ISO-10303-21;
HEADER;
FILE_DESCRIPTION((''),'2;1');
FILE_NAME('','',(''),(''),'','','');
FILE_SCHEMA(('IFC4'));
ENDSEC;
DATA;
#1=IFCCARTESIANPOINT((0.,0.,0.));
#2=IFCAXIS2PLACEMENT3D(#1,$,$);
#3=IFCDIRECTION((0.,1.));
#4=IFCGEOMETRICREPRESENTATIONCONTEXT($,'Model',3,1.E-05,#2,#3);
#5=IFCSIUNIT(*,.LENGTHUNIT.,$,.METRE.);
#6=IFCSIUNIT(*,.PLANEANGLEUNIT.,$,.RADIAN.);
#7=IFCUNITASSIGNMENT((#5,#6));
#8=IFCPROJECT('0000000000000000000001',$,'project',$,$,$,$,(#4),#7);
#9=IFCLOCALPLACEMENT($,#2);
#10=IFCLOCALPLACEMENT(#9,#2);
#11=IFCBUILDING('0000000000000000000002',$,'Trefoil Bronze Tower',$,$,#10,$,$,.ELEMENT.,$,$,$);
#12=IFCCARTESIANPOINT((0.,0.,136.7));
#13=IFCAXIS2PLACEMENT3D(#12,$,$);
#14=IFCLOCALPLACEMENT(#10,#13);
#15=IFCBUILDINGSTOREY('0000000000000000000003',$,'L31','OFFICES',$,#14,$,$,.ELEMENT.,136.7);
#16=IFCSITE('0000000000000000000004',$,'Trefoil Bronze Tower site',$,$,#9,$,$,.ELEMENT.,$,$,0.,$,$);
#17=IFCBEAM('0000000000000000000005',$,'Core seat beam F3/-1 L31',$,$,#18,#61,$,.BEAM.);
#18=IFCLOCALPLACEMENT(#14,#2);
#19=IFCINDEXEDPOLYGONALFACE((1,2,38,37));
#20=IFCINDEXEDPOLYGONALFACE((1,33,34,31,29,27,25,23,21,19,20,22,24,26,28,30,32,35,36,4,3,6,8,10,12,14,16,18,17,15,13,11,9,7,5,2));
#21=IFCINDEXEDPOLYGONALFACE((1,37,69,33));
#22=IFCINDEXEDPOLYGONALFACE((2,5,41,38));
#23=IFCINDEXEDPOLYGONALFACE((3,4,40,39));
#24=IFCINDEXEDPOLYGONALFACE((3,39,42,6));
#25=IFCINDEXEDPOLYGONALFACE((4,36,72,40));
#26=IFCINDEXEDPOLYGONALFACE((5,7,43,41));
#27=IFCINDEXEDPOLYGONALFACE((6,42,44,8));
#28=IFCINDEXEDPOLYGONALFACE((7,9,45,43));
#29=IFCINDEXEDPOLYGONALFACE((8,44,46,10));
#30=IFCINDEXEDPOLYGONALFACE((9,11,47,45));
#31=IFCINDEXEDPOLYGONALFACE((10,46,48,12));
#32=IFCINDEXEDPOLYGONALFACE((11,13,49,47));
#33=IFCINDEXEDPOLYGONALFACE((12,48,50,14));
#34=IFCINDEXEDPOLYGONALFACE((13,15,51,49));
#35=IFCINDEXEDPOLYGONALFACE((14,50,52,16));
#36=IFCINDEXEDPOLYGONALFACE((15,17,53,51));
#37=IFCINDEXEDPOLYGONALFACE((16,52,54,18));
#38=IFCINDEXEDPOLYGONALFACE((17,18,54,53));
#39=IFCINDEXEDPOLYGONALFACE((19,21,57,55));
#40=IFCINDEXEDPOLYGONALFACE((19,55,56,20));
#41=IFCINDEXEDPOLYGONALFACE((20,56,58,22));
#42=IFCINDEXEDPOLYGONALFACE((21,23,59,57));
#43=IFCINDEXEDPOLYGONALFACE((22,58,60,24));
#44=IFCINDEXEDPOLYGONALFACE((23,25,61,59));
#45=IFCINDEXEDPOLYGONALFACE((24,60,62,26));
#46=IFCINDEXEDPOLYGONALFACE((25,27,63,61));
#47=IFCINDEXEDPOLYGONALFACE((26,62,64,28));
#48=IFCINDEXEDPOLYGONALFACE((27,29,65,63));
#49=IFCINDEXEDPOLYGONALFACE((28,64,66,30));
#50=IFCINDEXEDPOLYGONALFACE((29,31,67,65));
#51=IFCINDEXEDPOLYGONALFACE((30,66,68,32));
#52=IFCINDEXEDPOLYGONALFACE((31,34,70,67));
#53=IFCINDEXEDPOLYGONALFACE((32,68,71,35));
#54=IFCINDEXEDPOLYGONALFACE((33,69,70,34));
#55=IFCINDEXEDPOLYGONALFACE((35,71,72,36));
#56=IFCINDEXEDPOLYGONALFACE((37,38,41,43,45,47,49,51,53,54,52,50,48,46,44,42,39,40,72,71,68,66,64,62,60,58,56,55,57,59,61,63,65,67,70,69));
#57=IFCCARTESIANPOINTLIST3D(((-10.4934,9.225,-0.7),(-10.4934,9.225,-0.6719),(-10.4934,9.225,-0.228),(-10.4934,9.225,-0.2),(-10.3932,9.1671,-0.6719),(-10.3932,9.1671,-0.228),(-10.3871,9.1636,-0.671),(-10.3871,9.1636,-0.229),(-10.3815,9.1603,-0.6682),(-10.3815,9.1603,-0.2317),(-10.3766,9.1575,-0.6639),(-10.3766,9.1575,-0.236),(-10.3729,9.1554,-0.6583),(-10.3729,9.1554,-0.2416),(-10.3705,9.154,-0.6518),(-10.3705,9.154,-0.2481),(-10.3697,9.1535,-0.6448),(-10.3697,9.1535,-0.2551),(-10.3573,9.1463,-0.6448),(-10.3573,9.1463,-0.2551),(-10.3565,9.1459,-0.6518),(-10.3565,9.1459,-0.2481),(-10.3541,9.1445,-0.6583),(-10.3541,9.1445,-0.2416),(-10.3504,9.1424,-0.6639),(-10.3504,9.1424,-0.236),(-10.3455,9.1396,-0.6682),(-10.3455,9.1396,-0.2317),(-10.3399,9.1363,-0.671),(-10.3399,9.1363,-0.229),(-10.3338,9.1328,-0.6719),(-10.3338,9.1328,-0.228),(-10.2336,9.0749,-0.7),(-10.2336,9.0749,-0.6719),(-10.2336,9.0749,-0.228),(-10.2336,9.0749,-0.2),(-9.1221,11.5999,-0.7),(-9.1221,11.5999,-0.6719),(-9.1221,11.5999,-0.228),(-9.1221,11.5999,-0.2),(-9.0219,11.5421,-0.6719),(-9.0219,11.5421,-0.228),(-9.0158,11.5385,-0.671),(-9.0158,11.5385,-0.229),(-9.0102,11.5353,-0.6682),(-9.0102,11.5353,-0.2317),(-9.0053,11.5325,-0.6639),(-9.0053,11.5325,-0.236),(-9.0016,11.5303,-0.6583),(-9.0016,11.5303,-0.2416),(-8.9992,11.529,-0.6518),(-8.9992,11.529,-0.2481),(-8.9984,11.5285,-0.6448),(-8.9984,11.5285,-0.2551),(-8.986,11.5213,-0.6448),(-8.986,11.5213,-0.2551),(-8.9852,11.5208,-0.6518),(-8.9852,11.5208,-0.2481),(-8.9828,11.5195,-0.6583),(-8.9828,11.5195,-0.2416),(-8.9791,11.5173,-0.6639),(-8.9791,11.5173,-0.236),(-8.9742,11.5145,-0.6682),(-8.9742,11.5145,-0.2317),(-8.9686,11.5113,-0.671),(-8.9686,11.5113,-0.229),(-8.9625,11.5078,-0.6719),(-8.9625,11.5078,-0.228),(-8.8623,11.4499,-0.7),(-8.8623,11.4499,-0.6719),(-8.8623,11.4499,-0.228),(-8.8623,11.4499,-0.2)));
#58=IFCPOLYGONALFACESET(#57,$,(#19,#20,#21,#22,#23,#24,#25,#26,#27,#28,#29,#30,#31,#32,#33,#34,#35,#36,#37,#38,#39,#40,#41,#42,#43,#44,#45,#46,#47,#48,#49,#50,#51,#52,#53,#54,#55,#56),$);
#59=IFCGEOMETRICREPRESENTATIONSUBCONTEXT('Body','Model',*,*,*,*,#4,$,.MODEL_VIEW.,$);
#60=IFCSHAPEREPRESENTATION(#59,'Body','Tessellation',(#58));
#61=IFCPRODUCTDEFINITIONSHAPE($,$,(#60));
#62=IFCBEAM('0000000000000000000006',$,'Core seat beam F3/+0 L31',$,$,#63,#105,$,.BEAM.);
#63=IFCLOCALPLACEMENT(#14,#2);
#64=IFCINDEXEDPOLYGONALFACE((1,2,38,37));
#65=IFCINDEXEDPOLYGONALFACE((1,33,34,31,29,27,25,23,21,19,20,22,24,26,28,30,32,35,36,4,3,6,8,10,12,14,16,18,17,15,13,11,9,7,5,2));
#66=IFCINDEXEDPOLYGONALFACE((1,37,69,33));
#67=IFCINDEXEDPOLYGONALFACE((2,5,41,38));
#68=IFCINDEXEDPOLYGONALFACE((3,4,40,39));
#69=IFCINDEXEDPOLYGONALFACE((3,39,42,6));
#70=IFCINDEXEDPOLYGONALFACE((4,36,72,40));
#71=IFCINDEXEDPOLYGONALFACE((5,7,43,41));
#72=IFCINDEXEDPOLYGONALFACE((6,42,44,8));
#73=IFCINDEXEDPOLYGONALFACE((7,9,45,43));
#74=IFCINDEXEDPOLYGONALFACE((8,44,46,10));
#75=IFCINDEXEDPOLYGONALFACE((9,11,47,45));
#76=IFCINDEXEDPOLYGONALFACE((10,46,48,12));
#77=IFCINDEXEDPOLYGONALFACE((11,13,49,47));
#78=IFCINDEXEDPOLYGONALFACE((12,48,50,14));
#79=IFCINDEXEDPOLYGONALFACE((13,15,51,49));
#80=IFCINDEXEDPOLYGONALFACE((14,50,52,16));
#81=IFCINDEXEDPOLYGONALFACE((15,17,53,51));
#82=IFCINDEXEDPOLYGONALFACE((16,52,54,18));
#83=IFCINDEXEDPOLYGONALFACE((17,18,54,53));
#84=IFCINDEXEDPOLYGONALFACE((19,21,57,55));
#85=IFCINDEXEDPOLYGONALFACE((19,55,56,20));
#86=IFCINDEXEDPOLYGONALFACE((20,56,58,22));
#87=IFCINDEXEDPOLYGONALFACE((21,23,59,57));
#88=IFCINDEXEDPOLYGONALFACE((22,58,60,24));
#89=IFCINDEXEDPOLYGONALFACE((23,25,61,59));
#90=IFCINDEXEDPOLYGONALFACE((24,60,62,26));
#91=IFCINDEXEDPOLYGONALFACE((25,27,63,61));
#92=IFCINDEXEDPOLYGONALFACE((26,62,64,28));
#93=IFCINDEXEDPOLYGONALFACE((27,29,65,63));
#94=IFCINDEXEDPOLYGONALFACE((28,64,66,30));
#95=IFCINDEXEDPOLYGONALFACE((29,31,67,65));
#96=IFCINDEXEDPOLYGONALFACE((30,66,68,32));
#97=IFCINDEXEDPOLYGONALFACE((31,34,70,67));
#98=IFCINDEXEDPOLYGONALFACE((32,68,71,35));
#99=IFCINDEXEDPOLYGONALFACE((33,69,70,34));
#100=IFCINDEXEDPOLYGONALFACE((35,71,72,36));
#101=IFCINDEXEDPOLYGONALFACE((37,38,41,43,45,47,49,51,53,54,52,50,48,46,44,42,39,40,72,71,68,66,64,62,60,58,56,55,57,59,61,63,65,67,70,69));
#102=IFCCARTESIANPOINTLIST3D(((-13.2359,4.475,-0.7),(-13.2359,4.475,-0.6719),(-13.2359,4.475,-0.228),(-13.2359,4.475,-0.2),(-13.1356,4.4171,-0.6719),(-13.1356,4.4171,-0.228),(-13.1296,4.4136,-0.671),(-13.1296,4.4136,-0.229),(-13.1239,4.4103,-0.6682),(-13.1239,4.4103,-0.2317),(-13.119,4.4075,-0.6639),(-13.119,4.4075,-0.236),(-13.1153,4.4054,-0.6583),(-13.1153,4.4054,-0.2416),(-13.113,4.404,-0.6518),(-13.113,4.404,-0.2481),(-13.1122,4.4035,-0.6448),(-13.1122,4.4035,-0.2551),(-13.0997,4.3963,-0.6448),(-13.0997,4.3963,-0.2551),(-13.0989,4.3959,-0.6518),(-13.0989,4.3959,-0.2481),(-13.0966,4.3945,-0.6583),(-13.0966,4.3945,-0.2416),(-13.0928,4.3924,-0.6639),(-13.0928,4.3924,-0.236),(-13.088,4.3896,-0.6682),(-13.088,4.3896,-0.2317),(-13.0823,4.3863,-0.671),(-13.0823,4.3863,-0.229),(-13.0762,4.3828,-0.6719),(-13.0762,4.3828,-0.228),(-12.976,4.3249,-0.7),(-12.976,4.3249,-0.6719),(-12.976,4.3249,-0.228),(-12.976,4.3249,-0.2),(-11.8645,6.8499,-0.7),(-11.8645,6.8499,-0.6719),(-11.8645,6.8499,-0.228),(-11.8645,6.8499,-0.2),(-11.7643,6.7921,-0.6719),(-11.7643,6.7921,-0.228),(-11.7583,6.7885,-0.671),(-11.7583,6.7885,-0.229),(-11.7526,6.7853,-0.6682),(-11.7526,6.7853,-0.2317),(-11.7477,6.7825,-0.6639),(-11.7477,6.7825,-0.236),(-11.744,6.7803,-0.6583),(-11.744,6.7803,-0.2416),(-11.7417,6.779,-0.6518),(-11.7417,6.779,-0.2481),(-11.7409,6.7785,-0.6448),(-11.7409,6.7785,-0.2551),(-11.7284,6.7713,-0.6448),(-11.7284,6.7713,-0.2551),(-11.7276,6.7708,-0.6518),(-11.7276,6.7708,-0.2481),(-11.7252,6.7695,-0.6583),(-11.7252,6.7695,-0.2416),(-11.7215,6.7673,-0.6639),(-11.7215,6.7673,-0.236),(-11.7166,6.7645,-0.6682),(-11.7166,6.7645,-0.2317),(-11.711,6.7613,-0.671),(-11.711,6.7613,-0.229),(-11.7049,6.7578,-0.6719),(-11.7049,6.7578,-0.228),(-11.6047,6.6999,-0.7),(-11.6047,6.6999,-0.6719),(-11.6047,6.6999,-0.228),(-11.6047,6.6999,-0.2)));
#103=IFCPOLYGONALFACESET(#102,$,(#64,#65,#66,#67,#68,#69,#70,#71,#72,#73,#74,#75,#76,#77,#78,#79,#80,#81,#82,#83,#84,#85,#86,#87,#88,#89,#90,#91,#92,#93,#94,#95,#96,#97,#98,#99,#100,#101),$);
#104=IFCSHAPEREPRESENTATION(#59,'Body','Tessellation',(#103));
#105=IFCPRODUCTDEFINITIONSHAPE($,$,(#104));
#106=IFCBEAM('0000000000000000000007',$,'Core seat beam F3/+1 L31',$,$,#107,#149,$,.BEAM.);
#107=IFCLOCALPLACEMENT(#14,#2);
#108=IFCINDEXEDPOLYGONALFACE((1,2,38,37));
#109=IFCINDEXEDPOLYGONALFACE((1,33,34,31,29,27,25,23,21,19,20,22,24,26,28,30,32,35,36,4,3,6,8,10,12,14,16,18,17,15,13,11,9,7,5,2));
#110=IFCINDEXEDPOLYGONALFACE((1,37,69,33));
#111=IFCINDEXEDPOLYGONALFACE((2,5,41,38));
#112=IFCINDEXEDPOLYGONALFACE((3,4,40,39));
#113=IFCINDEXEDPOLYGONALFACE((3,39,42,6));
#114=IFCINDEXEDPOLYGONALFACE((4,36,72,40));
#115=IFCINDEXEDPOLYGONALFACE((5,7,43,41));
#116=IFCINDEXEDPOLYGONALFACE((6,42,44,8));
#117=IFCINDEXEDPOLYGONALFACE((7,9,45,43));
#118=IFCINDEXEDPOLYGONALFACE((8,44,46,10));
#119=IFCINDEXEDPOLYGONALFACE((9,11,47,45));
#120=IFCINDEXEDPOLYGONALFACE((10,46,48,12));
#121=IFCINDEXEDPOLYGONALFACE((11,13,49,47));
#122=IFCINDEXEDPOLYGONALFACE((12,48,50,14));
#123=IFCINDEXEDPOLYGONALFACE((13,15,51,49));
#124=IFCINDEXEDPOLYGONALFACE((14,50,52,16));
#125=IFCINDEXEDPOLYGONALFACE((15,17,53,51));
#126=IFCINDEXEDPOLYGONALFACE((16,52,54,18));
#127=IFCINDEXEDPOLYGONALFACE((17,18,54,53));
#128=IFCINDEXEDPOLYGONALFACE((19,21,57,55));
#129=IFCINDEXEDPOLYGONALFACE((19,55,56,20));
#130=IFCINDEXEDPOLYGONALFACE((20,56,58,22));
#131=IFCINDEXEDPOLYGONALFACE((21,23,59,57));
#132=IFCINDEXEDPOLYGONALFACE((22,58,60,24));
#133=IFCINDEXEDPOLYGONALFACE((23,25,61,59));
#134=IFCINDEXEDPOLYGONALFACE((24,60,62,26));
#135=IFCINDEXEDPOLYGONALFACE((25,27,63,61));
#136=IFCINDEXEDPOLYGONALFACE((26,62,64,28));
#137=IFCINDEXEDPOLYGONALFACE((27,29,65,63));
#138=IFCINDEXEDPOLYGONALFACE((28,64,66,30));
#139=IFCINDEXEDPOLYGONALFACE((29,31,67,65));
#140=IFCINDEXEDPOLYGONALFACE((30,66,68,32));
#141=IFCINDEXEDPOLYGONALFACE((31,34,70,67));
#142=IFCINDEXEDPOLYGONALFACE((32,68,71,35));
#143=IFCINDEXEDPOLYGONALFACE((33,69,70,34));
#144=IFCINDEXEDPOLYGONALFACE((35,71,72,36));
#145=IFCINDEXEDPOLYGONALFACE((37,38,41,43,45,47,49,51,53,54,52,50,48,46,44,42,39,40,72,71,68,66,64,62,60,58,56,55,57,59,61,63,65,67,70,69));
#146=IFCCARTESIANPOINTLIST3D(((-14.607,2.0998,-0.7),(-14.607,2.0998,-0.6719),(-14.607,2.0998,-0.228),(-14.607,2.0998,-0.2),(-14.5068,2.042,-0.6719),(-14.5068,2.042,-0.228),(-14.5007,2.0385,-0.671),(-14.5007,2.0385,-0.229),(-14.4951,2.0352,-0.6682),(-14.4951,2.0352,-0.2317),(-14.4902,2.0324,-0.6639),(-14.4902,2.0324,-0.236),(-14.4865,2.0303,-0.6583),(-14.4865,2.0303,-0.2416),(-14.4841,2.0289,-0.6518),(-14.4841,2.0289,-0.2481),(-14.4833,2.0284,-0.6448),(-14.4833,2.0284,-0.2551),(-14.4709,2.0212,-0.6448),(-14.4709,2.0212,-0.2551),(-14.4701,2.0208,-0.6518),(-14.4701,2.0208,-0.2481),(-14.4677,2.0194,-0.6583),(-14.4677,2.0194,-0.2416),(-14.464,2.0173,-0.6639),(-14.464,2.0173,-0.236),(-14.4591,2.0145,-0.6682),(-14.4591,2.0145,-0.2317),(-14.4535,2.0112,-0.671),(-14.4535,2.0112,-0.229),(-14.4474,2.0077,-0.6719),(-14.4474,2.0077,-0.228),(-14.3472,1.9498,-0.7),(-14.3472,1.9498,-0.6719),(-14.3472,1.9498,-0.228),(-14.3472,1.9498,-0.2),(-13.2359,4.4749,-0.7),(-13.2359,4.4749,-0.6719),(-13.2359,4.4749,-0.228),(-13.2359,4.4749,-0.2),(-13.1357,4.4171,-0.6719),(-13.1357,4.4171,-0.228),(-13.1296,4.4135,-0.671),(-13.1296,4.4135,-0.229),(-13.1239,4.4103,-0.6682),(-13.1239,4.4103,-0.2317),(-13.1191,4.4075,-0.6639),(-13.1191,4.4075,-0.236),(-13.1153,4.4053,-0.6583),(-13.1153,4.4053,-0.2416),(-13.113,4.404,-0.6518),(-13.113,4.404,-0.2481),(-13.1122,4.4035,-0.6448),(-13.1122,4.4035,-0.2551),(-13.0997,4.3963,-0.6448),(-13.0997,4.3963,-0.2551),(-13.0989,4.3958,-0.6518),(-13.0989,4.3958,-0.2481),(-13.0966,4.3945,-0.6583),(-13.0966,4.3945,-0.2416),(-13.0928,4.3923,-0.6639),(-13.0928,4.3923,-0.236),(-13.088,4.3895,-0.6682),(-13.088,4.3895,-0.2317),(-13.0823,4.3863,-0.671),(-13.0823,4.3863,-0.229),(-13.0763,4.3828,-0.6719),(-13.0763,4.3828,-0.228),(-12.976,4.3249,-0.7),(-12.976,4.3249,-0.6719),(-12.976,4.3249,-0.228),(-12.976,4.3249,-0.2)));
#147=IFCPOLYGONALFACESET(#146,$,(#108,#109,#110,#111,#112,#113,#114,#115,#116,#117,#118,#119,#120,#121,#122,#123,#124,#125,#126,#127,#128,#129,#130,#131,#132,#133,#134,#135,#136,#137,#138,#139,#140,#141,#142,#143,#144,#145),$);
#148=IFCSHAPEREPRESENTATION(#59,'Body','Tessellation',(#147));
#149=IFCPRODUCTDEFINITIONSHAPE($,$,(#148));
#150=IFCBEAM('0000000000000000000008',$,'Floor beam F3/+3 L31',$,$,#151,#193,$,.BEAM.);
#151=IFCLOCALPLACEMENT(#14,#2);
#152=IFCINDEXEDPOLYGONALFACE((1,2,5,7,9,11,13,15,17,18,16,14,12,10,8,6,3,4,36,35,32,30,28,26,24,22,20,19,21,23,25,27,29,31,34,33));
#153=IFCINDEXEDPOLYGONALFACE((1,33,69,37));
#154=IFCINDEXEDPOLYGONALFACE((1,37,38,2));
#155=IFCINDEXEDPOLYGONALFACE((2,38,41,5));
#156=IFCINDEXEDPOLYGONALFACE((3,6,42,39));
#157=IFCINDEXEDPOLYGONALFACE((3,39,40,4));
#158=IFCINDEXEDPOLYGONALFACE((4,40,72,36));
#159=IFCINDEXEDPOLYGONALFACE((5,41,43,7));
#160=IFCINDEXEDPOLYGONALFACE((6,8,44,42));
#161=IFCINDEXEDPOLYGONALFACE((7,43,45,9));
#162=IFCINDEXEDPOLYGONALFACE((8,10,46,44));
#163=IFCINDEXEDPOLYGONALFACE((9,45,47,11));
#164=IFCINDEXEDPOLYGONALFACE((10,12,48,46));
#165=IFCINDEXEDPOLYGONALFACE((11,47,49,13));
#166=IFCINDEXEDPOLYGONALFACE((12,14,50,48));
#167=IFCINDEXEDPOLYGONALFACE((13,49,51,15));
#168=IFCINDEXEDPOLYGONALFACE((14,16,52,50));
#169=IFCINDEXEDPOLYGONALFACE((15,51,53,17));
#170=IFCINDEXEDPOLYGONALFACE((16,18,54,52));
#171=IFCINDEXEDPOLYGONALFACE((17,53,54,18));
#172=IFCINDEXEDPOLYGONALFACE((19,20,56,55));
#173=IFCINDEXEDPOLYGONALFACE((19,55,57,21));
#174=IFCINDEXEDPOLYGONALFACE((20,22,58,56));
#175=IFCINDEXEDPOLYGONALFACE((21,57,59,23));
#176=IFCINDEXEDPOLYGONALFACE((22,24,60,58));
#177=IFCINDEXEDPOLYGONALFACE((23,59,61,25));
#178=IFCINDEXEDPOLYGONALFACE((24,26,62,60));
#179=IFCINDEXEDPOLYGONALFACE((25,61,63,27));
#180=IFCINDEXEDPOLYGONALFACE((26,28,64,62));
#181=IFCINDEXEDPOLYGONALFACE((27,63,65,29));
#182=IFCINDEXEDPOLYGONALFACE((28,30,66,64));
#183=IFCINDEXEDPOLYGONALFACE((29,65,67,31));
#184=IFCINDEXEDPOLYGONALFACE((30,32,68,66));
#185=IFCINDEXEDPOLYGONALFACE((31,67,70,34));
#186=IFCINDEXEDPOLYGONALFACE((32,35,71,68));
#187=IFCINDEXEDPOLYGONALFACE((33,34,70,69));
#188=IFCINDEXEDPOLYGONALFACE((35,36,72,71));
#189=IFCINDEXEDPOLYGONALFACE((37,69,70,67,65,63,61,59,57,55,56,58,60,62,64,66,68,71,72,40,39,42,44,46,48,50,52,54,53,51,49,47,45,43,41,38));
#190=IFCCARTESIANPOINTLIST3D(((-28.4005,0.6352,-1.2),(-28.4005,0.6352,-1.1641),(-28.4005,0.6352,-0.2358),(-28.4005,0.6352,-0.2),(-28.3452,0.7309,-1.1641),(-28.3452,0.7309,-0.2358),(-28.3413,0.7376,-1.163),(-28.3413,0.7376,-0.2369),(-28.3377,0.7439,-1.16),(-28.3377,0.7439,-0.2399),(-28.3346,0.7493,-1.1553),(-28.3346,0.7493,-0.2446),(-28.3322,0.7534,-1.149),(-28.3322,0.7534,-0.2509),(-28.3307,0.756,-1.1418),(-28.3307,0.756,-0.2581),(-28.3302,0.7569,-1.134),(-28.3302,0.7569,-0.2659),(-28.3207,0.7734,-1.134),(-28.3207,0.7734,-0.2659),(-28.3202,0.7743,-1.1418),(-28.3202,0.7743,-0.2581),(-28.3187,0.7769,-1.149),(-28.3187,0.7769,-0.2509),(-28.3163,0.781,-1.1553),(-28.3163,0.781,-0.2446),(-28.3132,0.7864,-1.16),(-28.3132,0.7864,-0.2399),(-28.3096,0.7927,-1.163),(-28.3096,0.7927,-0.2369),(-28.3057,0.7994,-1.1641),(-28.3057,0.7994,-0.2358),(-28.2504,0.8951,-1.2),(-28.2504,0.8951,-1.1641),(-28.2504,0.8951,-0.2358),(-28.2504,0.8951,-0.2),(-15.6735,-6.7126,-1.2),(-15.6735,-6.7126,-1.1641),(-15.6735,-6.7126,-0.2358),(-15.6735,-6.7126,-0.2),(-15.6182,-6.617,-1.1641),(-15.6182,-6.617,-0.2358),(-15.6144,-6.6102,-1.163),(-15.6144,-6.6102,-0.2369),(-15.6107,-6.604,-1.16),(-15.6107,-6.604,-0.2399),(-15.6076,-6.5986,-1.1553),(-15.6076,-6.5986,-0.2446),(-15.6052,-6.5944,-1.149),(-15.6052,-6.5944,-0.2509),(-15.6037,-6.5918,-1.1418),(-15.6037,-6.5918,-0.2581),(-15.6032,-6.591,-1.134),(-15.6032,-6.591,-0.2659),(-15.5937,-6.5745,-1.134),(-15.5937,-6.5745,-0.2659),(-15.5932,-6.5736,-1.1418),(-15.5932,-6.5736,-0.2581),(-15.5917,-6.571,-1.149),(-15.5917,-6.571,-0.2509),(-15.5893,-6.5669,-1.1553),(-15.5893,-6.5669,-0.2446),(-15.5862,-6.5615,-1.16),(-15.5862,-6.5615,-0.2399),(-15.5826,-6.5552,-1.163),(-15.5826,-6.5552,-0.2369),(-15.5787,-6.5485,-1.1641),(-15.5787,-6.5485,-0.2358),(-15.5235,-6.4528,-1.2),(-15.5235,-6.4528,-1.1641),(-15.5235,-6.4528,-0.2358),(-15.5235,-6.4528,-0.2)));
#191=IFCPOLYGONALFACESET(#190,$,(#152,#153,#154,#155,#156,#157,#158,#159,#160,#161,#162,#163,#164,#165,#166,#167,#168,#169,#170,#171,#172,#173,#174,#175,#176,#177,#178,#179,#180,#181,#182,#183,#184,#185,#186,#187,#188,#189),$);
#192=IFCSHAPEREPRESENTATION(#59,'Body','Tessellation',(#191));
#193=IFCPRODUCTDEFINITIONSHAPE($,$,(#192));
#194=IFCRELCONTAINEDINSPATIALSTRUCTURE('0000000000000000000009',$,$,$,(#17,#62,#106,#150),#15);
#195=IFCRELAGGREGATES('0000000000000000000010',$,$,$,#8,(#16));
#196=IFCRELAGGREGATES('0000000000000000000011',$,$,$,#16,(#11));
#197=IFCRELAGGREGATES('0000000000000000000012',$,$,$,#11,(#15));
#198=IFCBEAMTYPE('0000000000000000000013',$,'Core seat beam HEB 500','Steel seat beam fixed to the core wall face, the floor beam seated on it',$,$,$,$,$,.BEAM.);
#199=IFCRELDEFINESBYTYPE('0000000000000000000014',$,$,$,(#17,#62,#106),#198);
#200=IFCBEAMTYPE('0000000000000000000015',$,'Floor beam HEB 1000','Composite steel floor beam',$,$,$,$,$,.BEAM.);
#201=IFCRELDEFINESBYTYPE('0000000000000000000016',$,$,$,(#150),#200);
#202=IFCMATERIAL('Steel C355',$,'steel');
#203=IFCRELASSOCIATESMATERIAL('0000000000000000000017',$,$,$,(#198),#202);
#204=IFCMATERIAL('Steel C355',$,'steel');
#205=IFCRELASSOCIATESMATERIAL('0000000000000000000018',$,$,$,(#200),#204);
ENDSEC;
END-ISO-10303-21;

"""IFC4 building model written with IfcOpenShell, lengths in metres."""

from ifc_helpers import new_model, si_unit, direction, frame, origin, origin_2d, place, context, subcontext, project, spatial, i_section, extrude, material, material_profile, profile_set, type_object, element, save


model = new_model("IFC4")

# Units and contexts
model_context = context("Model", 3, precision=1e-05, world=origin(), true_north=direction((0.0, 1.0)))
body_context = subcontext(model_context, "Body", "Model", "MODEL_VIEW")
ifc_project = project(units=[si_unit("LENGTHUNIT", "METRE"), si_unit("PLANEANGLEUNIT", "RADIAN")], contexts=[model_context])

# Site, building, storey
site_placement = place(None, origin())
site = spatial("IfcSite", under=ifc_project, at=site_placement, Name="Trefoil Bronze Tower site", CompositionType="ELEMENT", RefElevation=0.0)
building_placement = place(site_placement, origin())
building = spatial("IfcBuilding", under=site, at=building_placement, Name="Trefoil Bronze Tower", CompositionType="ELEMENT")
storey_placement = place(building_placement, frame((0.0, 0.0, 136.7)))
storey = spatial("IfcBuildingStorey", under=building, at=storey_placement, Name="L31", Description="OFFICES", CompositionType="ELEMENT", Elevation=136.7)

# Beams
ifc_material_1 = material(Name="Steel C355", Category="steel")
ifc_material_profile_1 = material_profile(ifc_material_1, i_section(OverallWidth=0.3, OverallDepth=0.5, WebThickness=0.0144, FlangeThickness=0.0281, FilletRadius=0.0271, at=origin_2d()), Name="HEB 500")
ifc_profile_set_1 = profile_set([ifc_material_profile_1], Name="Steel C355")
beam_type_1 = type_object("IfcBeamType", Name="Core seat beam HEB 500", Description="Steel seat beam fixed to the core wall face, the floor beam seated on it", PredefinedType="BEAM", material=ifc_profile_set_1)
for number, where, z_axis, x_axis, name in (
    (1, (-8.9922, 11.5249, -0.45), (-0.500036, -0.866005, 0.0), (0.866005, -0.500036, 0.0), "Core seat beam F3/-1 L31"),
    (2, (-11.7346, 6.7749, -0.45), (-0.500036, -0.866005, 0.0), (0.866005, -0.500036, 0.0), "Core seat beam F3/+0 L31"),
    (3, (-13.106, 4.3999, -0.45), (-0.499969, -0.866043, 0.0), (0.866043, -0.499969, 0.0), "Core seat beam F3/+1 L31"),
):
    element("IfcBeam", number, at=place(storey_placement, frame(where, z_axis=z_axis, x_axis=x_axis)), inside=storey, type_object=beam_type_1, Name=name, PredefinedType="BEAM", context=body_context, shape_type="SweptSolid", body=[
        extrude(i_section(OverallWidth=0.3, OverallDepth=0.5, WebThickness=0.0144, FlangeThickness=0.0281, FilletRadius=0.0271, at=origin_2d()), origin(), (0.0, 0.0, 1.0), 2.7424),
    ])
ifc_material_2 = material(Name="Steel C355", Category="steel")
ifc_material_profile_2 = material_profile(ifc_material_2, i_section(OverallWidth=0.3, OverallDepth=1.0, WebThickness=0.019, FlangeThickness=0.0359, FilletRadius=0.03, at=origin_2d()), Name="HEB 1000")
ifc_profile_set_2 = profile_set([ifc_material_profile_2], Name="Steel C355")
beam_type_2 = type_object("IfcBeamType", Name="Floor beam HEB 1000", Description="Composite steel floor beam", PredefinedType="BEAM", material=ifc_profile_set_2)
beam_1_placement = place(storey_placement, frame((-28.3254, 0.7651, -0.7), z_axis=(0.866027, -0.499997, 0.0), x_axis=(0.499997, 0.866027, 0.0)))
element("IfcBeam", 4, at=beam_1_placement, inside=storey, type_object=beam_type_2, Name="Floor beam F3/+3 L31", PredefinedType="BEAM", context=body_context, shape_type="SweptSolid", body=[
    extrude(i_section(OverallWidth=0.3, OverallDepth=1.0, WebThickness=0.019, FlangeThickness=0.0359, FilletRadius=0.03, at=origin_2d()), origin(), (0.0, 0.0, 1.0), 14.6958),
])

save(model, "model.ifc")
